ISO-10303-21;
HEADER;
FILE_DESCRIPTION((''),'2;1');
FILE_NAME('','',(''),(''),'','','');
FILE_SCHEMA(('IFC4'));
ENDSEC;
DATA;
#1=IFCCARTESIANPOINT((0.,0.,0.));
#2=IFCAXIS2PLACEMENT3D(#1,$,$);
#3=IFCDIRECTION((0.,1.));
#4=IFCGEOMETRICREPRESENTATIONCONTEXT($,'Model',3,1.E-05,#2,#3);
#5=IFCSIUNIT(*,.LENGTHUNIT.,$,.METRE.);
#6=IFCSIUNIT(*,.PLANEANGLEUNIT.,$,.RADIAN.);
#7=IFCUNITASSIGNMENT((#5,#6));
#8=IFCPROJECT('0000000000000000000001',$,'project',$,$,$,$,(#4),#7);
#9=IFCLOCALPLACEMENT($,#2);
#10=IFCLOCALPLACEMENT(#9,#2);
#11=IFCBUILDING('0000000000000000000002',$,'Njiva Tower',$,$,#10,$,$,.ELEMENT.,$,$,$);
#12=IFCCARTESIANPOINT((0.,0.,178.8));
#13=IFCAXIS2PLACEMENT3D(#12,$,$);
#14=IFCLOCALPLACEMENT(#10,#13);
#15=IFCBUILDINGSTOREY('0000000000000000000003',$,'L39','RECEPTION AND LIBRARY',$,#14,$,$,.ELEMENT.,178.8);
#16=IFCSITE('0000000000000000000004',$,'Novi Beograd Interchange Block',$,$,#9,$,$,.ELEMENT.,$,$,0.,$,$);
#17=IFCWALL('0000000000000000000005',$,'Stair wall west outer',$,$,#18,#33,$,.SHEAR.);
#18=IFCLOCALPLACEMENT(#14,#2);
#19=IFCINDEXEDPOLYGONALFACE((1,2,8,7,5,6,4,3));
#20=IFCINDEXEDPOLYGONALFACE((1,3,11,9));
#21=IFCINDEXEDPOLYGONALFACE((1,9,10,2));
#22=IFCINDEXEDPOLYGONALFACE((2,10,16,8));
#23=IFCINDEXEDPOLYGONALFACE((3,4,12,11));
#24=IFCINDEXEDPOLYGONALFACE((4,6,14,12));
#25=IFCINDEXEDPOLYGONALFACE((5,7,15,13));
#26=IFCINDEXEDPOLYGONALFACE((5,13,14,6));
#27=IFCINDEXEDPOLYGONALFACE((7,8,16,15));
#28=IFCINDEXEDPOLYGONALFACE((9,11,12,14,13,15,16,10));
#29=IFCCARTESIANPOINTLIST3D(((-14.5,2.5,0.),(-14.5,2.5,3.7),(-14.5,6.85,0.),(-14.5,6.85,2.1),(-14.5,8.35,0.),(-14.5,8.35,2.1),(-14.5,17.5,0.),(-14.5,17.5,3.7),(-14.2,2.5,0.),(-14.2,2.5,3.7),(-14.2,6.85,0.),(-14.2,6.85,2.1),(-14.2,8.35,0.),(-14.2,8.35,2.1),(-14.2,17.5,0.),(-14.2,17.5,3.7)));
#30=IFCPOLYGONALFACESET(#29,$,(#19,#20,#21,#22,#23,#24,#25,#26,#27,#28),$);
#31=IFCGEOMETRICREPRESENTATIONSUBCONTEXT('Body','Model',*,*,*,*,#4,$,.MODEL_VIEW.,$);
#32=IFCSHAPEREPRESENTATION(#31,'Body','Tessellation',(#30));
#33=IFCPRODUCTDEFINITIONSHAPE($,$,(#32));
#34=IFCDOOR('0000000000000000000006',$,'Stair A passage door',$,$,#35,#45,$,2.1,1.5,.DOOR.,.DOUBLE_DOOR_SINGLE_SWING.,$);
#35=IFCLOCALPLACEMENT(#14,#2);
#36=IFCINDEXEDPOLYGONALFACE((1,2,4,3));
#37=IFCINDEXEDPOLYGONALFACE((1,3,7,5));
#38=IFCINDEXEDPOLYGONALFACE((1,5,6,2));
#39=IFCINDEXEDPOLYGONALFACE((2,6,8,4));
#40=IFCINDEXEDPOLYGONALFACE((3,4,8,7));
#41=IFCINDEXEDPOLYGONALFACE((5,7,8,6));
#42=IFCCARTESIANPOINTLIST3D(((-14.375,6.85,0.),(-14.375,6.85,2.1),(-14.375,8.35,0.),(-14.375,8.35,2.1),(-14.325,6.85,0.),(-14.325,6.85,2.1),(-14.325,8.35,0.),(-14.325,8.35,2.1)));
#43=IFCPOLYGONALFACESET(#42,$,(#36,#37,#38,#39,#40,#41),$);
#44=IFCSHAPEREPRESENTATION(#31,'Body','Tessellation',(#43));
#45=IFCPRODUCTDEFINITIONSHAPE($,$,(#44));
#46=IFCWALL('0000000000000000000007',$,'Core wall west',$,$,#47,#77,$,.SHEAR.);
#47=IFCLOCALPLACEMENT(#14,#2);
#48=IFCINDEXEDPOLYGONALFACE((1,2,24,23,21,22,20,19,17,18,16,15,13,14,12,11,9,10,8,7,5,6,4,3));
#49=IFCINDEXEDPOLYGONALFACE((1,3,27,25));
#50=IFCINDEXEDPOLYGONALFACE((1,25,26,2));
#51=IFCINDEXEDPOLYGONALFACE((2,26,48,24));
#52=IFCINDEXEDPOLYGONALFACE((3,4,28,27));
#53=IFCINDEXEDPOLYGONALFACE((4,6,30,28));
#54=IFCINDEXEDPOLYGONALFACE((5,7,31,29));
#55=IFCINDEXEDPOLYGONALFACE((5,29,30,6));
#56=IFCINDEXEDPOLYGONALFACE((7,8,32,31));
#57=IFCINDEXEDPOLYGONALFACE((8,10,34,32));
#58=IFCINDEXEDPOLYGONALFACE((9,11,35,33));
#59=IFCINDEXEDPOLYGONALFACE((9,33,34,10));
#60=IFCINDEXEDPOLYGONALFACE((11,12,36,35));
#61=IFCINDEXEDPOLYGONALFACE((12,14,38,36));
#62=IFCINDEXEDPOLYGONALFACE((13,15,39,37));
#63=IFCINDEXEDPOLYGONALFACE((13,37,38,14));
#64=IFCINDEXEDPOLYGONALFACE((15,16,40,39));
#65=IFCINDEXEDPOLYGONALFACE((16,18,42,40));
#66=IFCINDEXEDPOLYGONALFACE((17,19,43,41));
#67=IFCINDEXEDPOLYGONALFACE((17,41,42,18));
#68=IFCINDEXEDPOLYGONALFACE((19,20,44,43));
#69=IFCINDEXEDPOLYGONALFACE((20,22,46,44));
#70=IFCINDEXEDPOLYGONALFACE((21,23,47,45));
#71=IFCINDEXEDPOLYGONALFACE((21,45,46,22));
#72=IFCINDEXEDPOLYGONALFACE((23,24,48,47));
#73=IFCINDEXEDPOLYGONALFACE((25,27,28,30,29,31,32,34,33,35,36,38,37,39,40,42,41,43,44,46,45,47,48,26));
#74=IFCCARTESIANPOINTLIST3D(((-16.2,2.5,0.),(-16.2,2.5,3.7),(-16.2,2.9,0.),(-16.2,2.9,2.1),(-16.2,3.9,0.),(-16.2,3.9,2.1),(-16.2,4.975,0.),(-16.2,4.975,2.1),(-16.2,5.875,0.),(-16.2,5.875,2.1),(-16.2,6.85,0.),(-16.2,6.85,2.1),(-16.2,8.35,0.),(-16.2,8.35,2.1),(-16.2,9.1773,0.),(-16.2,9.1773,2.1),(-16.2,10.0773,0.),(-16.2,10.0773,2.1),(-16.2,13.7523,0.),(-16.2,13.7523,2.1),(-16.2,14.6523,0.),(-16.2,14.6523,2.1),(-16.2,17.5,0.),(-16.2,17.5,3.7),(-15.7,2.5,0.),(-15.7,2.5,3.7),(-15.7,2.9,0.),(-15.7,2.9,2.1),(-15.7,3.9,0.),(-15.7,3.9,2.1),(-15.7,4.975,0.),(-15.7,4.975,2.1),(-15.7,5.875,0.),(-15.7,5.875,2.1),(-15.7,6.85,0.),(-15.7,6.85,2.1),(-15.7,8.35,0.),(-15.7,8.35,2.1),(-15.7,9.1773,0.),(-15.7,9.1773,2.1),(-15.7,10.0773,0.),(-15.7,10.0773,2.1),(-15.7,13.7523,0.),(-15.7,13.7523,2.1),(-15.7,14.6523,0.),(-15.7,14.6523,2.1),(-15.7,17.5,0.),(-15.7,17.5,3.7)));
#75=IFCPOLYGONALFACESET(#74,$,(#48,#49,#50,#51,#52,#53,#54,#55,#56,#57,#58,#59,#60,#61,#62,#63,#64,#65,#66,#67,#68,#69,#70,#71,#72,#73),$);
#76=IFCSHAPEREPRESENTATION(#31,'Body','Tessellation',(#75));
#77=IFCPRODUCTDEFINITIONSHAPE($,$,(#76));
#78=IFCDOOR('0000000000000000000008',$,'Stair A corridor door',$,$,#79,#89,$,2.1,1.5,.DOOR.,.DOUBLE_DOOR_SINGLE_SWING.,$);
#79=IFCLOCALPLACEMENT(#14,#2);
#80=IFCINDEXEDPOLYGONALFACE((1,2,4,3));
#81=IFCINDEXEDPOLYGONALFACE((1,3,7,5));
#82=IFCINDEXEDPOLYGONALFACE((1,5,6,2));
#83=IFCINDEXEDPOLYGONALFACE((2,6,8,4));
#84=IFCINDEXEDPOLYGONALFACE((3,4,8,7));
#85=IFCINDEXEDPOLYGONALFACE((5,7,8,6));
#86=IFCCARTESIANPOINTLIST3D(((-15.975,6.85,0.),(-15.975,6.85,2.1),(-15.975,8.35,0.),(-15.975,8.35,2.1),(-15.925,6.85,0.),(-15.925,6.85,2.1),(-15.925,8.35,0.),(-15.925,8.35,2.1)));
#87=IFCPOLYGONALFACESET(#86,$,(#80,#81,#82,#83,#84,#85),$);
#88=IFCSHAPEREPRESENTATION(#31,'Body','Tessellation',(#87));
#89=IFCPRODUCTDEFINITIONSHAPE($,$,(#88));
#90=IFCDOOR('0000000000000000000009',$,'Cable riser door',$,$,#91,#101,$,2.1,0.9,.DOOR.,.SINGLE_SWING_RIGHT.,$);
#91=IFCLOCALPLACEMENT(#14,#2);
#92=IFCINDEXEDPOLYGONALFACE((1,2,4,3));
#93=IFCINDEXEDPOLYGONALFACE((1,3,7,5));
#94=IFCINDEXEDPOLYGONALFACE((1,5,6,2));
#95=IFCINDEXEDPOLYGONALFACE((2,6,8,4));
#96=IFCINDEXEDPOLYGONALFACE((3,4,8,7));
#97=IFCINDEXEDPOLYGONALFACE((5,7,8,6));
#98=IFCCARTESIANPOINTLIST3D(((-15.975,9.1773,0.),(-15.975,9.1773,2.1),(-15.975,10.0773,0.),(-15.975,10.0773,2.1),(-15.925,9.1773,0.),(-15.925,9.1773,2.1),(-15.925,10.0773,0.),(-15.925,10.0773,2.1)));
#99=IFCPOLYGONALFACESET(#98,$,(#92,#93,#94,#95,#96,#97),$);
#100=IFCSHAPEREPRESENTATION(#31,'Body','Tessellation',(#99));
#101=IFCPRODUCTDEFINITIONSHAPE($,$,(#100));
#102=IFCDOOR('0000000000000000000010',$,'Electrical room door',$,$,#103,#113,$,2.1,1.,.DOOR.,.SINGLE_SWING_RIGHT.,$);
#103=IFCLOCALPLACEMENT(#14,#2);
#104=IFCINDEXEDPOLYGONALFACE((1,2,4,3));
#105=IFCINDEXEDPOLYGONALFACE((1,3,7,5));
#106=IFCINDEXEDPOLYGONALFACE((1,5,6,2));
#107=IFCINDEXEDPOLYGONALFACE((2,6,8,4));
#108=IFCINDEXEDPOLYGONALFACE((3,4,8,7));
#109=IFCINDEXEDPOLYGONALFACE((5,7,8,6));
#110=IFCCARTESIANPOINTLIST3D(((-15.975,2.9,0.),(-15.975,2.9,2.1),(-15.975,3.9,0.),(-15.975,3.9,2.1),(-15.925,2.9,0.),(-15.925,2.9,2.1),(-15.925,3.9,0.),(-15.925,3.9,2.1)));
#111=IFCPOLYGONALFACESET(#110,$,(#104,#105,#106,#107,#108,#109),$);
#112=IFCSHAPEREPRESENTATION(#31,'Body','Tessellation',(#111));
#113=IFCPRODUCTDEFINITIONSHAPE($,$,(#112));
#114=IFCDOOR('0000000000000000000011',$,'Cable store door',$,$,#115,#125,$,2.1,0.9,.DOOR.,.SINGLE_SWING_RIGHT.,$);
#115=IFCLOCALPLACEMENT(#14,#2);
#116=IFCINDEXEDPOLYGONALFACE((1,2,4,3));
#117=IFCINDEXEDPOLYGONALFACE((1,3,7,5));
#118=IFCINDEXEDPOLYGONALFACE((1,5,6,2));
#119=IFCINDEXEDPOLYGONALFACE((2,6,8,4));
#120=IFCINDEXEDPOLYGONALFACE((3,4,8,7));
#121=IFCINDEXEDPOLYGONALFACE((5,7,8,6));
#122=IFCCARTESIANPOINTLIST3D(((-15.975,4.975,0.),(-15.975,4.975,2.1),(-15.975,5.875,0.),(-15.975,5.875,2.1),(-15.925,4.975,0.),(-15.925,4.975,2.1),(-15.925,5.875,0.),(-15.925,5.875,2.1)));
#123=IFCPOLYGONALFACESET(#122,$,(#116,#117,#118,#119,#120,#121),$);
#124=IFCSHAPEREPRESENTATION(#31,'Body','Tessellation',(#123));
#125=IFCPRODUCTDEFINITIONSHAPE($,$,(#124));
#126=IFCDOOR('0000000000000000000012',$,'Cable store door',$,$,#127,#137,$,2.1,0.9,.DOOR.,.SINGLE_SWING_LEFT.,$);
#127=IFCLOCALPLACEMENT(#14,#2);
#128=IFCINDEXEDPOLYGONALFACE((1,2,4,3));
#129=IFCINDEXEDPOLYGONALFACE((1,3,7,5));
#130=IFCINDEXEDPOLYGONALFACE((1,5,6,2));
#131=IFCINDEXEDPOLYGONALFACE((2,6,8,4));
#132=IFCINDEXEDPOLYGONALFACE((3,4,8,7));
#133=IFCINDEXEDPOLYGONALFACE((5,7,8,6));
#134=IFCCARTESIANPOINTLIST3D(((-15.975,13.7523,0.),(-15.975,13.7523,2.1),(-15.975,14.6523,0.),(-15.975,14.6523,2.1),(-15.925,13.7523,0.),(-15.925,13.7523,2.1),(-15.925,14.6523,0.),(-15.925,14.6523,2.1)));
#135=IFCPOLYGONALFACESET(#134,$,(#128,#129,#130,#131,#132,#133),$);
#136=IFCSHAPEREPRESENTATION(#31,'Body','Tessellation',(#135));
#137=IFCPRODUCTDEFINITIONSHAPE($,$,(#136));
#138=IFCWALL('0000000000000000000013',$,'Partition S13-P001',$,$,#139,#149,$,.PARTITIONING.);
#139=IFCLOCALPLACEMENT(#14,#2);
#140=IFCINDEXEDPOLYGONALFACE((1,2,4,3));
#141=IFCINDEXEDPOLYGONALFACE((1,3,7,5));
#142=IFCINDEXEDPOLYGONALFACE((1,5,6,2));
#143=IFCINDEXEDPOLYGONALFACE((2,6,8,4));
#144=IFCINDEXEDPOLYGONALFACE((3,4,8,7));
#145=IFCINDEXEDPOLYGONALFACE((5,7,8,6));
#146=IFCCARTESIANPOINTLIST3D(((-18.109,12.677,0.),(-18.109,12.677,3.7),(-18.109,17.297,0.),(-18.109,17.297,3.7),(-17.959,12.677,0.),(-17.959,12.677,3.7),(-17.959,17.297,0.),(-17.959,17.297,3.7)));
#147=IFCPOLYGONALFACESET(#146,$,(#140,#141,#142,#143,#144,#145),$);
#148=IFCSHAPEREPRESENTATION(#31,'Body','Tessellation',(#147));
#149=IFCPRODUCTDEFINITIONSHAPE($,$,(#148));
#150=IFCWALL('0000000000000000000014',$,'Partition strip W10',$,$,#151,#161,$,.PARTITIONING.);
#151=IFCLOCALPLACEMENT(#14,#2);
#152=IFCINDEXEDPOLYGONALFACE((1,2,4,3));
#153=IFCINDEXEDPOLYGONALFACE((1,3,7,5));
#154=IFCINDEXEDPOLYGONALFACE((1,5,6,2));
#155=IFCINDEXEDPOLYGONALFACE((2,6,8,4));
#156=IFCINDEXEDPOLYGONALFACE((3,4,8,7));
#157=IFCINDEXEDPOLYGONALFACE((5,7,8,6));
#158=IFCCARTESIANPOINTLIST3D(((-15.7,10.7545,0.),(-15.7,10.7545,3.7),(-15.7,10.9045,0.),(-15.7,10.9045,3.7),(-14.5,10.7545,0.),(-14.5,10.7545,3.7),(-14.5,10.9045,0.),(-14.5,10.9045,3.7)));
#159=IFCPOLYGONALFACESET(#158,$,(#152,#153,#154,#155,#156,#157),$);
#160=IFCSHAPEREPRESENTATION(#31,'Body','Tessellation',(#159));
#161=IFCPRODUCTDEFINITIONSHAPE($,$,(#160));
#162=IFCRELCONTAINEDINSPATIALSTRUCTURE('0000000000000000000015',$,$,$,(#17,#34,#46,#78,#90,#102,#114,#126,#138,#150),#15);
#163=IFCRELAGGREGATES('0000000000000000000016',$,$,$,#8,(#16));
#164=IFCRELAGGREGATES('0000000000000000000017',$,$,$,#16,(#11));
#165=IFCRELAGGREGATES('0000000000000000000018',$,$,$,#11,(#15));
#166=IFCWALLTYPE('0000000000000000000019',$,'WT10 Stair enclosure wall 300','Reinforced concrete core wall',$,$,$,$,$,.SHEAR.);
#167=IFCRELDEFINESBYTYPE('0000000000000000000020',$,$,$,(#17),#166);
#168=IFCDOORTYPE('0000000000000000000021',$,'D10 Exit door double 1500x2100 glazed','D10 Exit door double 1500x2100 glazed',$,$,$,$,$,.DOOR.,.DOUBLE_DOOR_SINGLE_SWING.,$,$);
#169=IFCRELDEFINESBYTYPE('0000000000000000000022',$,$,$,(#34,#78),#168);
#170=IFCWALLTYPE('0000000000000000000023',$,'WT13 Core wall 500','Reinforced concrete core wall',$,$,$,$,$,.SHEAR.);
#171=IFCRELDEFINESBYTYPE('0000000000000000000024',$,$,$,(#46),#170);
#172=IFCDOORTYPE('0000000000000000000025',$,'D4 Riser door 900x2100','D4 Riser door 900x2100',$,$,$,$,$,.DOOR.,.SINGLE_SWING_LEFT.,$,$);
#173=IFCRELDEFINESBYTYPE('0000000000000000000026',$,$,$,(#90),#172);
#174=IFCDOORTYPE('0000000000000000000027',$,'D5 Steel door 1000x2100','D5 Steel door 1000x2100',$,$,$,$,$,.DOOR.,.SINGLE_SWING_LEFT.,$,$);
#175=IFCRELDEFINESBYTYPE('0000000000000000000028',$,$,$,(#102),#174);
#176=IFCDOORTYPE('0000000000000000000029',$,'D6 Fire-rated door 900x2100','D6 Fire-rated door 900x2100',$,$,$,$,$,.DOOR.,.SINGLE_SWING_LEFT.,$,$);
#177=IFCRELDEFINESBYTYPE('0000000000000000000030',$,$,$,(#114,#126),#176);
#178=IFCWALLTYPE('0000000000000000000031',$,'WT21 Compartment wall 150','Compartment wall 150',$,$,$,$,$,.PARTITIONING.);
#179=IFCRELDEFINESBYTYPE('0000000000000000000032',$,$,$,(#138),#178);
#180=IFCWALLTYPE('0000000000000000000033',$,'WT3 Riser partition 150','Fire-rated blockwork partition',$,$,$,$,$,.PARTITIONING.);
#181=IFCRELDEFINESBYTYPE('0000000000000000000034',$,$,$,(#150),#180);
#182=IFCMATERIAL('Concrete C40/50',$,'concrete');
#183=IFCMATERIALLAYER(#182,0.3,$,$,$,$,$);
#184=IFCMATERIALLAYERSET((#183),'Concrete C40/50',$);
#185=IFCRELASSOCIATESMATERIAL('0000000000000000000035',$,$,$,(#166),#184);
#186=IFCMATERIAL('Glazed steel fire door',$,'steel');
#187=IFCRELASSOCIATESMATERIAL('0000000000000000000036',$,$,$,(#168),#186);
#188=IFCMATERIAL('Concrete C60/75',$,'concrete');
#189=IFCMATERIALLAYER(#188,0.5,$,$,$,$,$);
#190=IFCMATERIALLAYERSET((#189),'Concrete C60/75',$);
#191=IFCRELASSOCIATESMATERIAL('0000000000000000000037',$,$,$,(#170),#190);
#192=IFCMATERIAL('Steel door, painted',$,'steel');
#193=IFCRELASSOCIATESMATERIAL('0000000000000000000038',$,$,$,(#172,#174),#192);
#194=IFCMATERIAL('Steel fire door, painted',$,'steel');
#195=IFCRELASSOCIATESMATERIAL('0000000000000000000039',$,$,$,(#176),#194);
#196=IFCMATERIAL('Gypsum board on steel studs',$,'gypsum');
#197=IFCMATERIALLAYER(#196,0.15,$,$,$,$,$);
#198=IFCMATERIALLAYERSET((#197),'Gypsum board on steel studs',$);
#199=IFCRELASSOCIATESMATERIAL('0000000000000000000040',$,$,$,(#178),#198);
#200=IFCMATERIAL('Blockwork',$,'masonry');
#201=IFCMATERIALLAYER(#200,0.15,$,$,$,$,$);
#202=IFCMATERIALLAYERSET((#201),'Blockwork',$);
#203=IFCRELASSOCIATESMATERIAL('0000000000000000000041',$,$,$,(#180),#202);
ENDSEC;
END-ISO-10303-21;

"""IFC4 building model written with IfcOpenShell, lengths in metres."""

from ifc_helpers import new_model, si_unit, direction, frame, frame_2d, origin, place, context, subcontext, project, spatial, rectangle, extrude, material, layer, layer_set, type_object, element, fill, save


model = new_model("IFC4")

# Units and contexts
model_context = context("Model", 3, precision=1e-05, world=origin(), true_north=direction((0.0, 1.0)))
body_context = subcontext(model_context, "Body", "Model", "MODEL_VIEW")
ifc_project = project(units=[si_unit("LENGTHUNIT", "METRE"), si_unit("PLANEANGLEUNIT", "RADIAN")], contexts=[model_context])

# Site, building, storey
site_placement = place(None, origin())
site = spatial("IfcSite", under=ifc_project, at=site_placement, Name="Novi Beograd Interchange Block", CompositionType="ELEMENT", RefElevation=0.0)
building_placement = place(site_placement, origin())
building = spatial("IfcBuilding", under=site, at=building_placement, Name="Njiva Tower", CompositionType="ELEMENT")
storey_placement = place(building_placement, frame((0.0, 0.0, 178.8)))
storey = spatial("IfcBuildingStorey", under=building, at=storey_placement, Name="L39", Description="RECEPTION AND LIBRARY", CompositionType="ELEMENT", Elevation=178.8)

# Shared definitions
ifc_material_1 = material(Name="Blockwork", Category="masonry")

# Wall, opening, door
ifc_material_2 = material(Name="Concrete C40/50", Category="concrete")
ifc_layer_1 = layer(ifc_material_2, 0.3)
ifc_layer_set_1 = layer_set([ifc_layer_1], Name="Concrete C40/50")
wall_type_1 = type_object("IfcWallType", Name="WT10 Stair enclosure wall 300", Description="Reinforced concrete core wall", PredefinedType="SHEAR", material=ifc_layer_set_1)
wall_1_placement = place(storey_placement, frame((-14.35, 2.5, 0.0), z_axis=(0.0, 0.0, 1.0), x_axis=(0.0, 1.0, 0.0)))
wall_1 = element("IfcWall", 1, at=wall_1_placement, inside=storey, type_object=wall_type_1, Name="Stair wall west outer", PredefinedType="SHEAR", context=body_context, shape_type="SweptSolid", body=[
    extrude(rectangle(XDim=15.0, YDim=0.3, at=frame_2d((7.5, 0.0))), origin(), (0.0, 0.0, 1.0), 3.7),
])
opening_1_placement = place(wall_1_placement, frame((4.35, 0.0, 0.0)))
opening_1 = element("IfcOpeningElement", 2, at=opening_1_placement, cuts=wall_1, PredefinedType="OPENING", context=body_context, shape_type="SweptSolid", body=[
    extrude(rectangle(XDim=1.5, YDim=2.1, at=frame_2d((0.75, 1.05))), frame((0.0, 0.16, 0.0), z_axis=(0.0, -1.0, 0.0), x_axis=(1.0, 0.0, 0.0)), (0.0, 0.0, 1.0), 0.32),
])
ifc_material_3 = material(Name="Glazed steel fire door", Category="steel")
door_type_1 = type_object("IfcDoorType", Name="D10 Exit door double 1500x2100 glazed", Description="D10 Exit door double 1500x2100 glazed", OperationType="DOUBLE_DOOR_SINGLE_SWING", PredefinedType="DOOR", material=ifc_material_3)
door_1_placement = place(opening_1_placement, origin())
door_1 = element("IfcDoor", 3, at=door_1_placement, inside=storey, type_object=door_type_1, Name="Stair A passage door", OperationType="DOUBLE_DOOR_SINGLE_SWING", OverallHeight=2.1, OverallWidth=1.5, PredefinedType="DOOR", context=body_context, shape_type="SweptSolid", body=[
    extrude(rectangle(XDim=1.5, YDim=2.1, at=frame_2d((0.75, 1.05))), frame((0.0, 0.025, 0.0), z_axis=(0.0, -1.0, 0.0), x_axis=(1.0, 0.0, 0.0)), (0.0, 0.0, 1.0), 0.05),
])
fill(opening_1, door_1)

# Wall, openings, doors
ifc_material_4 = material(Name="Concrete C60/75", Category="concrete")
ifc_layer_2 = layer(ifc_material_4, 0.5)
ifc_layer_set_2 = layer_set([ifc_layer_2], Name="Concrete C60/75")
wall_type_2 = type_object("IfcWallType", Name="WT13 Core wall 500", Description="Reinforced concrete core wall", PredefinedType="SHEAR", material=ifc_layer_set_2)
wall_2_placement = place(storey_placement, frame((-15.95, 2.5, 0.0), z_axis=(0.0, 0.0, 1.0), x_axis=(0.0, 1.0, 0.0)))
wall_2 = element("IfcWall", 4, at=wall_2_placement, inside=storey, type_object=wall_type_2, Name="Core wall west", PredefinedType="SHEAR", context=body_context, shape_type="SweptSolid", body=[
    extrude(rectangle(XDim=15.0, YDim=0.5, at=frame_2d((7.5, 0.0))), origin(), (0.0, 0.0, 1.0), 3.7),
])
opening_2_placement = place(wall_2_placement, frame((4.35, 0.0, 0.0)))
opening_2 = element("IfcOpeningElement", 5, at=opening_2_placement, cuts=wall_2, PredefinedType="OPENING", context=body_context, shape_type="SweptSolid", body=[
    extrude(rectangle(XDim=1.5, YDim=2.1, at=frame_2d((0.75, 1.05))), frame((0.0, 0.26, 0.0), z_axis=(0.0, -1.0, 0.0), x_axis=(1.0, 0.0, 0.0)), (0.0, 0.0, 1.0), 0.52),
])
opening_3_placement = place(wall_2_placement, frame((0.4, 0.0, 0.0)))
opening_3 = element("IfcOpeningElement", 6, at=opening_3_placement, cuts=wall_2, PredefinedType="OPENING", context=body_context, shape_type="SweptSolid", body=[
    extrude(rectangle(XDim=1.0, YDim=2.1, at=frame_2d((0.5, 1.05))), frame((0.0, 0.26, 0.0), z_axis=(0.0, -1.0, 0.0), x_axis=(1.0, 0.0, 0.0)), (0.0, 0.0, 1.0), 0.52),
])
opening_4_placement = place(wall_2_placement, frame((2.475, 0.0, 0.0)))
opening_4 = element("IfcOpeningElement", 7, at=opening_4_placement, cuts=wall_2, PredefinedType="OPENING", context=body_context, shape_type="SweptSolid", body=[
    extrude(rectangle(XDim=0.9, YDim=2.1, at=frame_2d((0.45, 1.05))), frame((0.0, 0.26, 0.0), z_axis=(0.0, -1.0, 0.0), x_axis=(1.0, 0.0, 0.0)), (0.0, 0.0, 1.0), 0.52),
])
opening_5_placement = place(wall_2_placement, frame((6.6773, 0.0, 0.0)))
opening_5 = element("IfcOpeningElement", 8, at=opening_5_placement, cuts=wall_2, PredefinedType="OPENING", context=body_context, shape_type="SweptSolid", body=[
    extrude(rectangle(XDim=0.9, YDim=2.1, at=frame_2d((0.45, 1.05))), frame((0.0, 0.26, 0.0), z_axis=(0.0, -1.0, 0.0), x_axis=(1.0, 0.0, 0.0)), (0.0, 0.0, 1.0), 0.52),
])
opening_6_placement = place(wall_2_placement, frame((11.2523, 0.0, 0.0)))
opening_6 = element("IfcOpeningElement", 9, at=opening_6_placement, cuts=wall_2, PredefinedType="OPENING", context=body_context, shape_type="SweptSolid", body=[
    extrude(rectangle(XDim=0.9, YDim=2.1, at=frame_2d((0.45, 1.05))), frame((0.0, 0.26, 0.0), z_axis=(0.0, -1.0, 0.0), x_axis=(1.0, 0.0, 0.0)), (0.0, 0.0, 1.0), 0.52),
])
door_2_placement = place(opening_2_placement, origin())
door_2 = element("IfcDoor", 10, at=door_2_placement, inside=storey, type_object=door_type_1, Name="Stair A corridor door", OperationType="DOUBLE_DOOR_SINGLE_SWING", OverallHeight=2.1, OverallWidth=1.5, PredefinedType="DOOR", context=body_context, shape_type="SweptSolid", body=[
    extrude(rectangle(XDim=1.5, YDim=2.1, at=frame_2d((0.75, 1.05))), frame((0.0, 0.025, 0.0), z_axis=(0.0, -1.0, 0.0), x_axis=(1.0, 0.0, 0.0)), (0.0, 0.0, 1.0), 0.05),
])
fill(opening_2, door_2)
ifc_material_5 = material(Name="Steel door, painted", Category="steel")
door_type_2 = type_object("IfcDoorType", Name="D4 Riser door 900x2100", Description="D4 Riser door 900x2100", OperationType="SINGLE_SWING_LEFT", PredefinedType="DOOR", material=ifc_material_5)
door_3_placement = place(opening_5_placement, origin())
door_3 = element("IfcDoor", 11, at=door_3_placement, inside=storey, type_object=door_type_2, Name="Cable riser door", OperationType="SINGLE_SWING_RIGHT", OverallHeight=2.1, OverallWidth=0.9, PredefinedType="DOOR", context=body_context, shape_type="SweptSolid", body=[
    extrude(rectangle(XDim=0.9, YDim=2.1, at=frame_2d((0.45, 1.05))), frame((0.0, 0.025, 0.0), z_axis=(0.0, -1.0, 0.0), x_axis=(1.0, 0.0, 0.0)), (0.0, 0.0, 1.0), 0.05),
])
fill(opening_5, door_3)
door_type_3 = type_object("IfcDoorType", Name="D5 Steel door 1000x2100", Description="D5 Steel door 1000x2100", OperationType="SINGLE_SWING_LEFT", PredefinedType="DOOR", material=ifc_material_5)
door_4_placement = place(opening_3_placement, origin())
door_4 = element("IfcDoor", 12, at=door_4_placement, inside=storey, type_object=door_type_3, Name="Electrical room door", OperationType="SINGLE_SWING_RIGHT", OverallHeight=2.1, OverallWidth=1.0, PredefinedType="DOOR", context=body_context, shape_type="SweptSolid", body=[
    extrude(rectangle(XDim=1.0, YDim=2.1, at=frame_2d((0.5, 1.05))), frame((0.0, 0.025, 0.0), z_axis=(0.0, -1.0, 0.0), x_axis=(1.0, 0.0, 0.0)), (0.0, 0.0, 1.0), 0.05),
])
fill(opening_3, door_4)
ifc_material_6 = material(Name="Steel fire door, painted", Category="steel")
door_type_4 = type_object("IfcDoorType", Name="D6 Fire-rated door 900x2100", Description="D6 Fire-rated door 900x2100", OperationType="SINGLE_SWING_LEFT", PredefinedType="DOOR", material=ifc_material_6)
door_5_placement = place(opening_4_placement, origin())
door_5 = element("IfcDoor", 13, at=door_5_placement, inside=storey, type_object=door_type_4, Name="Cable store door", OperationType="SINGLE_SWING_RIGHT", OverallHeight=2.1, OverallWidth=0.9, PredefinedType="DOOR", context=body_context, shape_type="SweptSolid", body=[
    extrude(rectangle(XDim=0.9, YDim=2.1, at=frame_2d((0.45, 1.05))), frame((0.0, 0.025, 0.0), z_axis=(0.0, -1.0, 0.0), x_axis=(1.0, 0.0, 0.0)), (0.0, 0.0, 1.0), 0.05),
])
fill(opening_4, door_5)
door_6_placement = place(opening_6_placement, origin())
door_6 = element("IfcDoor", 14, at=door_6_placement, inside=storey, type_object=door_type_4, Name="Cable store door", OperationType="SINGLE_SWING_LEFT", OverallHeight=2.1, OverallWidth=0.9, PredefinedType="DOOR", context=body_context, shape_type="SweptSolid", body=[
    extrude(rectangle(XDim=0.9, YDim=2.1, at=frame_2d((0.45, 1.05))), frame((0.0, 0.025, 0.0), z_axis=(0.0, -1.0, 0.0), x_axis=(1.0, 0.0, 0.0)), (0.0, 0.0, 1.0), 0.05),
])
fill(opening_6, door_6)

# Walls
ifc_material_7 = material(Name="Gypsum board on steel studs", Category="gypsum")
ifc_layer_3 = layer(ifc_material_7, 0.15)
ifc_layer_set_3 = layer_set([ifc_layer_3], Name="Gypsum board on steel studs")
wall_type_3 = type_object("IfcWallType", Name="WT21 Compartment wall 150", Description="Compartment wall 150", PredefinedType="PARTITIONING", material=ifc_layer_set_3)
wall_3_placement = place(storey_placement, frame((-18.034, 12.677, 0.0), z_axis=(0.0, 0.0, 1.0), x_axis=(0.0, 1.0, 0.0)))
element("IfcWall", 15, at=wall_3_placement, inside=storey, type_object=wall_type_3, Name="Partition S13-P001", PredefinedType="PARTITIONING", context=body_context, shape_type="SweptSolid", body=[
    extrude(rectangle(XDim=4.62, YDim=0.15, at=frame_2d((2.31, 0.0))), origin(), (0.0, 0.0, 1.0), 3.7),
])
ifc_layer_4 = layer(ifc_material_1, 0.15)
ifc_layer_set_4 = layer_set([ifc_layer_4], Name="Blockwork")
wall_type_4 = type_object("IfcWallType", Name="WT3 Riser partition 150", Description="Fire-rated blockwork partition", PredefinedType="PARTITIONING", material=ifc_layer_set_4)
wall_4_placement = place(storey_placement, frame((-15.7, 10.8295, 0.0), z_axis=(0.0, 0.0, 1.0), x_axis=(1.0, 0.0, 0.0)))
element("IfcWall", 16, at=wall_4_placement, inside=storey, type_object=wall_type_4, Name="Partition strip W10", PredefinedType="PARTITIONING", context=body_context, shape_type="SweptSolid", body=[
    extrude(rectangle(XDim=1.2, YDim=0.15, at=frame_2d((0.6, 0.0))), origin(), (0.0, 0.0, 1.0), 3.7),
])

save(model, "model.ifc")
